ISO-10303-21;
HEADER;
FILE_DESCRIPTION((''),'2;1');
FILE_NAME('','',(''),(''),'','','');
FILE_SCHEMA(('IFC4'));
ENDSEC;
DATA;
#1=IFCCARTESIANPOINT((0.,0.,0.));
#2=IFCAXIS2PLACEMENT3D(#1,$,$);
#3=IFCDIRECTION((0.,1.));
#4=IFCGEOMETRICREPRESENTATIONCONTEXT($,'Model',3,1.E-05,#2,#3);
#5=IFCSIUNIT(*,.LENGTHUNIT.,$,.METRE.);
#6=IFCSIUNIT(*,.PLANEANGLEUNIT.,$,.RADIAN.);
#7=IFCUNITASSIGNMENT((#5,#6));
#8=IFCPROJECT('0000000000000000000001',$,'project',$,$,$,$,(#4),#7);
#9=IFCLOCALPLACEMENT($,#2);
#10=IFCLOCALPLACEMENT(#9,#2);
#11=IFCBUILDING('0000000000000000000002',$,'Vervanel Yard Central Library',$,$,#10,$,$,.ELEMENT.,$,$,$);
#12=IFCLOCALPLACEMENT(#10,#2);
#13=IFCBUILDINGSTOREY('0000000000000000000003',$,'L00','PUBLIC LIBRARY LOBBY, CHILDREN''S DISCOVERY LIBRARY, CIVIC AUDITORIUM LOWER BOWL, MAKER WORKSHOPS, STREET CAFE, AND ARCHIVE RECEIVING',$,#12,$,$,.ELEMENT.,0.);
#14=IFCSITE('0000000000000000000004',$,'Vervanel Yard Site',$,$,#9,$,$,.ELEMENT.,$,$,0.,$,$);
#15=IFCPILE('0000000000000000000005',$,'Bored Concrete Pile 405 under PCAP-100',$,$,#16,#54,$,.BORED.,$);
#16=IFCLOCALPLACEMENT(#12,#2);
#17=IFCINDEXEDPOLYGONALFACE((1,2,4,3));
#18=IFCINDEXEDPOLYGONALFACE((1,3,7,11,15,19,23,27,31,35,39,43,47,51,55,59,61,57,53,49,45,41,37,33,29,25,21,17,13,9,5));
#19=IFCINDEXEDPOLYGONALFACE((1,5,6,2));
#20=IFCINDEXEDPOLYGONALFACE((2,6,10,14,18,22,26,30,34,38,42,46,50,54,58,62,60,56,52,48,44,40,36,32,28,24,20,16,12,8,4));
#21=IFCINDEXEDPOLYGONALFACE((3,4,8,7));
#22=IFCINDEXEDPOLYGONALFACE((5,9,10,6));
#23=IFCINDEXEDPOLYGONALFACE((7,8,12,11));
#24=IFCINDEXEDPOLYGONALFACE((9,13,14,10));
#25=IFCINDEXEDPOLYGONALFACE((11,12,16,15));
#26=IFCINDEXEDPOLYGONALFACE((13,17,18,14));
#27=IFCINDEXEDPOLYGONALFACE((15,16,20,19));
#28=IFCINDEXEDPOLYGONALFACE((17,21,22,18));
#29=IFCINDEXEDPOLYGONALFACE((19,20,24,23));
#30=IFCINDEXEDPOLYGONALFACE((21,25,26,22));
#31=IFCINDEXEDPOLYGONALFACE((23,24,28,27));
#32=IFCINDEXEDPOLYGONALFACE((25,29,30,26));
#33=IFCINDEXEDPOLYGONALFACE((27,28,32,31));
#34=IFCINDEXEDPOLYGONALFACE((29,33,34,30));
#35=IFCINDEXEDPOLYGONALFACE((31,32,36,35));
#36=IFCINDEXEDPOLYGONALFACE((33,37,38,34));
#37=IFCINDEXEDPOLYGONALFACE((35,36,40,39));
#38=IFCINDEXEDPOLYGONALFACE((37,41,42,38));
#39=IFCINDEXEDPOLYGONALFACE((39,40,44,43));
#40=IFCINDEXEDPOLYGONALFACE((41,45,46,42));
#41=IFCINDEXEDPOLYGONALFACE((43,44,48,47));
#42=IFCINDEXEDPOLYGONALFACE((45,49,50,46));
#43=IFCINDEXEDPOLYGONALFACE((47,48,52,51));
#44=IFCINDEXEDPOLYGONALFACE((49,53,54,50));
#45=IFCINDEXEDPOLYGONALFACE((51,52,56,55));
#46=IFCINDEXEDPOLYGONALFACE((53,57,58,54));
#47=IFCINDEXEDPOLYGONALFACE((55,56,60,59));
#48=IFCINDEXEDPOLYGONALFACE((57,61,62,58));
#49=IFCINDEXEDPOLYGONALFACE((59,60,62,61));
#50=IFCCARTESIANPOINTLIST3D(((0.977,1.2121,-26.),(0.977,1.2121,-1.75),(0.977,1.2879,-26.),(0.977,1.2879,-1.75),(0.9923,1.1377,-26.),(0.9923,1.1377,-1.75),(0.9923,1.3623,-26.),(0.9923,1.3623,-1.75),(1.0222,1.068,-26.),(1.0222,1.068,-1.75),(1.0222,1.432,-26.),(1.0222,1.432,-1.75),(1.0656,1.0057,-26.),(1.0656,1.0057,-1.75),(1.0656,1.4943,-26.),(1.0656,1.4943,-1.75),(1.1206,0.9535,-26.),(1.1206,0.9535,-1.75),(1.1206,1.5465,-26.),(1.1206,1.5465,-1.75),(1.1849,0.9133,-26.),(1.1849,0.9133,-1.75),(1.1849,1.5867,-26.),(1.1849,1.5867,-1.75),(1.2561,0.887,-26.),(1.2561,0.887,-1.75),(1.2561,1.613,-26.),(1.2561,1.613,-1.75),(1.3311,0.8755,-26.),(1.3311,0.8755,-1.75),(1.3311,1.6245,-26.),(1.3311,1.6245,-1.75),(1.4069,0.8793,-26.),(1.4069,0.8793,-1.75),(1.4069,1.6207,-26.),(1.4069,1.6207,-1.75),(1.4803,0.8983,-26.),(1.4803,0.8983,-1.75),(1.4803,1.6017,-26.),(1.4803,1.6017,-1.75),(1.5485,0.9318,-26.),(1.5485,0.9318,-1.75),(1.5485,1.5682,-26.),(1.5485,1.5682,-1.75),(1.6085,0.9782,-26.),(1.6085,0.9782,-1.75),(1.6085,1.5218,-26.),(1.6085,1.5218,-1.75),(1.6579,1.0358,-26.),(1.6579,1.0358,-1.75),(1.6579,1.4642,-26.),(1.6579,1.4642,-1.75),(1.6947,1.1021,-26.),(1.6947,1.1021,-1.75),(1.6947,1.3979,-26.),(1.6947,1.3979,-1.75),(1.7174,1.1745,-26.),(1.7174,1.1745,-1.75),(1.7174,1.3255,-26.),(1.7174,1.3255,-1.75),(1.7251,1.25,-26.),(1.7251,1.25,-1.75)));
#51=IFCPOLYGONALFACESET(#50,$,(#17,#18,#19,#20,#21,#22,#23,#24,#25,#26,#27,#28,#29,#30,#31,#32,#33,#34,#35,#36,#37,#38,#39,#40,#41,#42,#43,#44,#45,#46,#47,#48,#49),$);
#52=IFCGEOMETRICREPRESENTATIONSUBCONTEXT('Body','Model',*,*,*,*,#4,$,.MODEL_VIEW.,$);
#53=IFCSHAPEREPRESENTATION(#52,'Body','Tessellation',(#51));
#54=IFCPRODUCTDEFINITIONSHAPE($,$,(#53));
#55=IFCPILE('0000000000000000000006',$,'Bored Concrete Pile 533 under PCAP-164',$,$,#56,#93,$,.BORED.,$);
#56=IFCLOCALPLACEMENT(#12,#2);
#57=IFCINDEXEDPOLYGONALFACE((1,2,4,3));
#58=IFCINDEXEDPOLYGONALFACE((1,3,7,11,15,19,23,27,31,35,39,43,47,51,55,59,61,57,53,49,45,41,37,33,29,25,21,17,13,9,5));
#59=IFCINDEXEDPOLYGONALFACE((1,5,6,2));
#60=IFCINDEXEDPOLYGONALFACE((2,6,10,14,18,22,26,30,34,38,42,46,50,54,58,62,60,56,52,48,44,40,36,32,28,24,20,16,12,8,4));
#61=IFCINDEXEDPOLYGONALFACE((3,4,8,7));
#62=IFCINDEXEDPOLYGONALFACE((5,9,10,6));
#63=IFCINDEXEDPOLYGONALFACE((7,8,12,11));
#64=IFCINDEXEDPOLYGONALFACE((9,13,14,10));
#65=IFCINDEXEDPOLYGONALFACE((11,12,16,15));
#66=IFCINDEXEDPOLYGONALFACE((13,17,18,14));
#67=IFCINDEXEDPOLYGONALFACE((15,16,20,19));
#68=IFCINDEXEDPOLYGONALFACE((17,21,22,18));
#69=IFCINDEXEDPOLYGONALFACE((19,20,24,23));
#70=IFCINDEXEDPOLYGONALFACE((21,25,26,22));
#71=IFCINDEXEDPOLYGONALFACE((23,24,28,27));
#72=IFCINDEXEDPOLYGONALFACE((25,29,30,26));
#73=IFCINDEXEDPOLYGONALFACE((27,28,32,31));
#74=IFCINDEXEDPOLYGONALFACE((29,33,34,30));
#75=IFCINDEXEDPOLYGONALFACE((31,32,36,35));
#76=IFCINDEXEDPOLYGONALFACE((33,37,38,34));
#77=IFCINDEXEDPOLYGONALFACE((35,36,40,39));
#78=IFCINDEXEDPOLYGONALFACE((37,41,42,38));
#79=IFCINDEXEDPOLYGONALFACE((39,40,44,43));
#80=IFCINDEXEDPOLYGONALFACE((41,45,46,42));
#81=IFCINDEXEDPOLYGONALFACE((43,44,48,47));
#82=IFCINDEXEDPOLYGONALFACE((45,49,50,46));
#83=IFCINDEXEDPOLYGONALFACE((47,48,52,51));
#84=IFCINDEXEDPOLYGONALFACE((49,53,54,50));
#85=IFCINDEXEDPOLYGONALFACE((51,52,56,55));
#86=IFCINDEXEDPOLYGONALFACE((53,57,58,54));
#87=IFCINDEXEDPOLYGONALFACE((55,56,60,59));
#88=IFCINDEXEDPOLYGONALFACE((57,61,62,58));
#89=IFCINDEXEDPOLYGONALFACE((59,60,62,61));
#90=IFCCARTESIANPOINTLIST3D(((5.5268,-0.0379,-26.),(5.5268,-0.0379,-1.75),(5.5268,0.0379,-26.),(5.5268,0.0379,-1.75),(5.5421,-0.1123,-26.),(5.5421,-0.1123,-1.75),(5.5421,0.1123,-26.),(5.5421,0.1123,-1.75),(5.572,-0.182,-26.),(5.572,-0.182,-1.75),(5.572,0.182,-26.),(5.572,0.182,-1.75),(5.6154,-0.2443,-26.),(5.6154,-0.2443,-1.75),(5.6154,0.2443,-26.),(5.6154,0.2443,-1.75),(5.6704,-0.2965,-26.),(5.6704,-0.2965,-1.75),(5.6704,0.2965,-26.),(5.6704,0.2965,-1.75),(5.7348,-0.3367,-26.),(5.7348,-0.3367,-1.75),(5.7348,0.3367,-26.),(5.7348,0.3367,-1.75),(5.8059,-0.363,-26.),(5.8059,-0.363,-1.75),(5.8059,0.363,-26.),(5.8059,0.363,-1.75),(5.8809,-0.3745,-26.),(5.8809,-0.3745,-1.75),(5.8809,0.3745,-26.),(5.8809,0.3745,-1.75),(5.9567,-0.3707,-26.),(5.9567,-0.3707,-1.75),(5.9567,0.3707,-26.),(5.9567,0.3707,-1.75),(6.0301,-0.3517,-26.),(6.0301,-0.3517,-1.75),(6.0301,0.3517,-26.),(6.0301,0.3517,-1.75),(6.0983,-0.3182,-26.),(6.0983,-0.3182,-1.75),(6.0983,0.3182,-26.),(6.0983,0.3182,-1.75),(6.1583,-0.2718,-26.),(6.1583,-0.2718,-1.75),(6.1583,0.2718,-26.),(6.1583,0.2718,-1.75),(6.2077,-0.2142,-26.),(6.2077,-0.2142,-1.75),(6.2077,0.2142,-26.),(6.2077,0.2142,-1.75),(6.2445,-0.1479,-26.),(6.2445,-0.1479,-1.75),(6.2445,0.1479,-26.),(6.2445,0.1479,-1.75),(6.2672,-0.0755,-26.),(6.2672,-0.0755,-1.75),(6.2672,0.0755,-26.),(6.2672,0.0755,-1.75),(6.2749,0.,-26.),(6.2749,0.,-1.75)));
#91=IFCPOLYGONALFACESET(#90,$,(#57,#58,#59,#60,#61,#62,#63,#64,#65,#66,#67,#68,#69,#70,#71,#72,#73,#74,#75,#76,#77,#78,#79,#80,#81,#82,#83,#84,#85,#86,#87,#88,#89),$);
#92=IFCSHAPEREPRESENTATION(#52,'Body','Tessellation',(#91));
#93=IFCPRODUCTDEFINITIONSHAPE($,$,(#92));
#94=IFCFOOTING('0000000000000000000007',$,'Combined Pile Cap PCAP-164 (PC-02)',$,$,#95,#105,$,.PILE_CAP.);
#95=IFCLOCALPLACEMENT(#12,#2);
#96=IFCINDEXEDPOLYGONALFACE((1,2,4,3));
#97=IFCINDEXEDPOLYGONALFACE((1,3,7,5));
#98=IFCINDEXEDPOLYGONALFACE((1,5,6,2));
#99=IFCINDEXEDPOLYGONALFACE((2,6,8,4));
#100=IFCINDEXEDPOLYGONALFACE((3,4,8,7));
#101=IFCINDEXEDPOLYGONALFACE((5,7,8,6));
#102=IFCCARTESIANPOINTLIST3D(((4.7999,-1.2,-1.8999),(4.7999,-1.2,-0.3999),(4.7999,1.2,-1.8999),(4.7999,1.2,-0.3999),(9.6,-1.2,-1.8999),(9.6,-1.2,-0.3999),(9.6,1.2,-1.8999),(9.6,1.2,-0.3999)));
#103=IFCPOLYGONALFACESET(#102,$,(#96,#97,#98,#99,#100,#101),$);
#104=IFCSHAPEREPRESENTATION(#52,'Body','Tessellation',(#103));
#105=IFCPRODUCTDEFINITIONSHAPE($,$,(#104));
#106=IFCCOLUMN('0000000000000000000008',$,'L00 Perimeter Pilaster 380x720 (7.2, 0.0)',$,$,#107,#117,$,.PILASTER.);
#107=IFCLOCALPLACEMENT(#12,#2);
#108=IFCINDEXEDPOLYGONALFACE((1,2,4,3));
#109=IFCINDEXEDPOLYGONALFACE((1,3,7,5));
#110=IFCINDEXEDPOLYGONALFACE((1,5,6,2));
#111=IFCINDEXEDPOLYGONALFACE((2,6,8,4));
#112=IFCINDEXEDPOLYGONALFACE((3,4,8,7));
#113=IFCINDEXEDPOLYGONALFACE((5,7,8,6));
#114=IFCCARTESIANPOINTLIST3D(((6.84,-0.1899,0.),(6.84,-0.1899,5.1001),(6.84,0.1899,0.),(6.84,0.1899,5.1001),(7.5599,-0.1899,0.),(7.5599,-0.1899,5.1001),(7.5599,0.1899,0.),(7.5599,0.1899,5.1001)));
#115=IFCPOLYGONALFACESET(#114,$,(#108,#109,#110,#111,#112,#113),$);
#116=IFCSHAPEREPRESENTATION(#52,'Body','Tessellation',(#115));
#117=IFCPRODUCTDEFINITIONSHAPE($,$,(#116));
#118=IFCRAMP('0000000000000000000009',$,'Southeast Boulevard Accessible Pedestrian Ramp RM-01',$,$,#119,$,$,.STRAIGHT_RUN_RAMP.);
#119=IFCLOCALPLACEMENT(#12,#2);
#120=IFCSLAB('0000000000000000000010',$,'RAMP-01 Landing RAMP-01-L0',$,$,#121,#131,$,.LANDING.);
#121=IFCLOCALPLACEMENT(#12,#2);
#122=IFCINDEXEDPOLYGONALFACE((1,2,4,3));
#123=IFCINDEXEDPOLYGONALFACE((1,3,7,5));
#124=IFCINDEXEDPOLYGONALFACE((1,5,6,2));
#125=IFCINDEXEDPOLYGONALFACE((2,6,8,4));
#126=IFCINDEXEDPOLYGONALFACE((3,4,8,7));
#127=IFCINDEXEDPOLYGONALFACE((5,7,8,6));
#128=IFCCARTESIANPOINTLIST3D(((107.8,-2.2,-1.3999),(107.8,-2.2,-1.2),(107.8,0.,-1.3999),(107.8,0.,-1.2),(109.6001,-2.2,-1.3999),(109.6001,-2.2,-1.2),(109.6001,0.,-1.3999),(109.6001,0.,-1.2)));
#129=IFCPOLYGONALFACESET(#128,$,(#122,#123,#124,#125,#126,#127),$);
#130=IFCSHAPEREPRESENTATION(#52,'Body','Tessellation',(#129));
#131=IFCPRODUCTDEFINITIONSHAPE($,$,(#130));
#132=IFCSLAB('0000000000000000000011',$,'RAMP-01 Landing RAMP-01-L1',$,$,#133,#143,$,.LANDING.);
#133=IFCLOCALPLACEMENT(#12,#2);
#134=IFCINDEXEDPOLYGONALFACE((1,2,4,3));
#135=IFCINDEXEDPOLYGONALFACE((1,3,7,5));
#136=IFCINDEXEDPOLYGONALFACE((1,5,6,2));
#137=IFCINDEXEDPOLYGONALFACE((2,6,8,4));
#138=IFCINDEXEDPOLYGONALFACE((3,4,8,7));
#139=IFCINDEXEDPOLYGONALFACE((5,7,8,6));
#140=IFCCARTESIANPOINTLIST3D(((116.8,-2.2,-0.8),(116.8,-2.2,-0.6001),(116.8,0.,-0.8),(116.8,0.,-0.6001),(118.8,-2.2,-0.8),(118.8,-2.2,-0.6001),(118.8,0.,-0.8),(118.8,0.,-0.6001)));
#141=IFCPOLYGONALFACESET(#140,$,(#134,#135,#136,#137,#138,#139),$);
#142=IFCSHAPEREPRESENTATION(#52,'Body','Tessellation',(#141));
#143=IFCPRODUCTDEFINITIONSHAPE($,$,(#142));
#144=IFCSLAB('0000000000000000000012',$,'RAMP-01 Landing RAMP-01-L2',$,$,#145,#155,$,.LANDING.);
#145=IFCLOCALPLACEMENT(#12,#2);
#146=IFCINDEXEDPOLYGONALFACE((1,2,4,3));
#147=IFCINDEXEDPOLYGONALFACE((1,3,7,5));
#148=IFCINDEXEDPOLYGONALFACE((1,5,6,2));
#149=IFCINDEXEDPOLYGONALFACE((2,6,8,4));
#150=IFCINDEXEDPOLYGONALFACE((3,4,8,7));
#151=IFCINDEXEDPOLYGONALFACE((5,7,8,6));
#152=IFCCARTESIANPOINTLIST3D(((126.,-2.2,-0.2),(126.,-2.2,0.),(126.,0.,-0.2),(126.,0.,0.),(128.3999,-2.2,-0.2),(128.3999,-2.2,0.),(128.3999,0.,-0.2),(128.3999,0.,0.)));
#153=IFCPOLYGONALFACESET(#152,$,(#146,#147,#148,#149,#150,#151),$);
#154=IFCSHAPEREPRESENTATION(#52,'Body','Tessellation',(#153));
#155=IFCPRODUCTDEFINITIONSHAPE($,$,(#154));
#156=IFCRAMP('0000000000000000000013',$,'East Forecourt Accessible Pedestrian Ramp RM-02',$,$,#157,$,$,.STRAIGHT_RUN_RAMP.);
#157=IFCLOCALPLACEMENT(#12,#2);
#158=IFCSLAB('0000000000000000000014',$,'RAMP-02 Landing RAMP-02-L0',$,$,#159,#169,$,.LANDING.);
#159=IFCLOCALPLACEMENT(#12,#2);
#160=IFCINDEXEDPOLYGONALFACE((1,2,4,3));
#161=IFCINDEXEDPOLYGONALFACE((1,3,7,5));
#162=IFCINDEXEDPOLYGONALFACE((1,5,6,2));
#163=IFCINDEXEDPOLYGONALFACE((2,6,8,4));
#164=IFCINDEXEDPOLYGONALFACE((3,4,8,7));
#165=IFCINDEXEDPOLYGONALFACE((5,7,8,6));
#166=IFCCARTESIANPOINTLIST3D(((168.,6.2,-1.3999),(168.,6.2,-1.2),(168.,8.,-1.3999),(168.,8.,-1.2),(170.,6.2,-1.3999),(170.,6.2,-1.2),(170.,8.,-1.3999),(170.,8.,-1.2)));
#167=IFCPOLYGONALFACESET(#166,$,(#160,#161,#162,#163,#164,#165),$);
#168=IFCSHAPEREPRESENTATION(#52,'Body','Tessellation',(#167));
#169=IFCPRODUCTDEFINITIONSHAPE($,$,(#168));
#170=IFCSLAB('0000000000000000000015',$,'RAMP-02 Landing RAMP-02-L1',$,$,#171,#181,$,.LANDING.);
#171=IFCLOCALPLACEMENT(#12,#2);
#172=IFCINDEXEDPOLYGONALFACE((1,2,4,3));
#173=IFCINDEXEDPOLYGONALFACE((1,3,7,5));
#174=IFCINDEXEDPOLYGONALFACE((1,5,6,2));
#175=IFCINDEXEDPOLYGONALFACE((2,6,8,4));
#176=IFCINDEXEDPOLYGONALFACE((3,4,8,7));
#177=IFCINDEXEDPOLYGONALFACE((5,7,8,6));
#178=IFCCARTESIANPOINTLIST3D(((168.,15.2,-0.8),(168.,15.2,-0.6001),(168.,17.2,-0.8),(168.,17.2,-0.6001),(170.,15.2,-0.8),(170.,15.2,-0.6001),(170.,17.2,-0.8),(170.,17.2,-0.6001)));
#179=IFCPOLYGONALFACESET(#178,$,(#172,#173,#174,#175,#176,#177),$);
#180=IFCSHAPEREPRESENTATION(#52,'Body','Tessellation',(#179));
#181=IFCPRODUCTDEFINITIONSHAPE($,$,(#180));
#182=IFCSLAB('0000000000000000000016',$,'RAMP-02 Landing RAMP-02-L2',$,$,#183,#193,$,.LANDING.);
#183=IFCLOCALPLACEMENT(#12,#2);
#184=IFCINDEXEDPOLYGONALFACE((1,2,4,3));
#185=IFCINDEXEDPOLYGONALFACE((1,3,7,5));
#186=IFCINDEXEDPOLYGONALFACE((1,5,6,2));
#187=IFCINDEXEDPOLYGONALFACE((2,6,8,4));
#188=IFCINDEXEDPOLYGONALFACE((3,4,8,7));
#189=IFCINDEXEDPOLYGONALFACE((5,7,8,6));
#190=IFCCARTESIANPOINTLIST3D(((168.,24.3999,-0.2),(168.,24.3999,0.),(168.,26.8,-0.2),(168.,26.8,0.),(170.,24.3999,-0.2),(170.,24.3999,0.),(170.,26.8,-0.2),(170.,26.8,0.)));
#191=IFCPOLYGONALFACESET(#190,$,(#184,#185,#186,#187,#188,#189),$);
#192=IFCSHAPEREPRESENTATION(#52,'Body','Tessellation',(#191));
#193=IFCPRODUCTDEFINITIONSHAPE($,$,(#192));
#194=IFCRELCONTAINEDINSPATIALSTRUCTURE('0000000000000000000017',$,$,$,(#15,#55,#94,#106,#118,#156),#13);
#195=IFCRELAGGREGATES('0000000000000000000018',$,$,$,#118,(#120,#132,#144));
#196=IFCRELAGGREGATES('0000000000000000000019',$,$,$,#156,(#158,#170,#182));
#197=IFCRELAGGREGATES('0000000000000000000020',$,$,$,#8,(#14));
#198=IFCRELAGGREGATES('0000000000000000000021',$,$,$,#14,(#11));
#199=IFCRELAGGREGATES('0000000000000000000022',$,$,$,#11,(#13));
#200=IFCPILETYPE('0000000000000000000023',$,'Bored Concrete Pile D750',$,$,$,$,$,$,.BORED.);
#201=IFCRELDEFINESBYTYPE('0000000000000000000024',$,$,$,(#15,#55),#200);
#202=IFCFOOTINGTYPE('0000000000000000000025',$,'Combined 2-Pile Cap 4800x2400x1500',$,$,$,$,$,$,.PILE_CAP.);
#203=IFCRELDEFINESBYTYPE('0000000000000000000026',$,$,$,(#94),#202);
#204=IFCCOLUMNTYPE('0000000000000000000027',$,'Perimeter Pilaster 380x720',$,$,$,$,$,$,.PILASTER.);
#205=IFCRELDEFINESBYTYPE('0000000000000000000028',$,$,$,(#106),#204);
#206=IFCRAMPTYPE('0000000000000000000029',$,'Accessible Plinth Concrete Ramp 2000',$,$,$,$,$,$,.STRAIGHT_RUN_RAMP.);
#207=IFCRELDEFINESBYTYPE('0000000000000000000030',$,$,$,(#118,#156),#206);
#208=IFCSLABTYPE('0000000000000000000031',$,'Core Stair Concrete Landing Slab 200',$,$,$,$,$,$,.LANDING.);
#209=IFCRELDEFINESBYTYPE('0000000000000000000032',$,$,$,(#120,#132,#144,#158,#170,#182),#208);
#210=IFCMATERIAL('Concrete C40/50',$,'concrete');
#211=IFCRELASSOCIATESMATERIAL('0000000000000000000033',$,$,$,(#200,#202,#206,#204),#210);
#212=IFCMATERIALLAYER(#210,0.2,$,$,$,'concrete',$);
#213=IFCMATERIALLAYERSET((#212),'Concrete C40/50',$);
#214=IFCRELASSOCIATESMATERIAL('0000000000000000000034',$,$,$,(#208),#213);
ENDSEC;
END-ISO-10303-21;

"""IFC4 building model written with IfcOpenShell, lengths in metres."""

from ifc_helpers import new_model, si_unit, direction, frame, origin, origin_2d, place, context, subcontext, project, spatial, polyline, rectangle, circle, outline, extrude, material, layer, layer_set, material_profile, profile_set, type_object, element, aggregate, save


model = new_model("IFC4")

# Units and contexts
model_context = context("Model", 3, precision=1e-05, world=origin(), true_north=direction((0.0, 1.0)))
body_context = subcontext(model_context, "Body", "Model", "MODEL_VIEW")
ifc_project = project(units=[si_unit("LENGTHUNIT", "METRE"), si_unit("PLANEANGLEUNIT", "RADIAN")], contexts=[model_context])

# Site, building, storey
site_placement = place(None, origin())
site = spatial("IfcSite", under=ifc_project, at=site_placement, Name="Vervanel Yard Site", CompositionType="ELEMENT", RefElevation=0.0)
building_placement = place(site_placement, origin())
building = spatial("IfcBuilding", under=site, at=building_placement, Name="Vervanel Yard Central Library", CompositionType="ELEMENT")
storey_placement = place(building_placement, origin())
storey = spatial("IfcBuildingStorey", under=building, at=storey_placement, Name="L00", Description="PUBLIC LIBRARY LOBBY, CHILDREN'S DISCOVERY LIBRARY, CIVIC AUDITORIUM LOWER BOWL, MAKER WORKSHOPS, STREET CAFE, AND ARCHIVE RECEIVING", CompositionType="ELEMENT", Elevation=0.0)

# Piles
ifc_material_1 = material(Name="Concrete C40/50", Category="concrete")
ifc_material_profile_1 = material_profile(ifc_material_1, circle(Radius=0.375, at=origin_2d()), Name="BP D750", Category="concrete")
ifc_profile_set_1 = profile_set([ifc_material_profile_1], Name="Concrete C40/50")
pile_type = type_object("IfcPileType", Name="Bored Concrete Pile D750", PredefinedType="BORED", material=ifc_profile_set_1)
for number, where, z_axis, x_axis, name in (
    (1, (1.3501, 1.25, -1.75), (0.0, 0.0, -1.0), (1.0, 0.0, 0.0), "Bored Concrete Pile 405 under PCAP-100"),
    (2, (5.8999, 0.0, -1.75), (0.0, 0.0, -1.0), (1.0, 0.0, 0.0), "Bored Concrete Pile 533 under PCAP-164"),
):
    element("IfcPile", number, at=place(storey_placement, frame(where, z_axis=z_axis, x_axis=x_axis)), inside=storey, type_object=pile_type, Name=name, PredefinedType="BORED", context=body_context, shape_type="SweptSolid", body=[
        extrude(circle(Radius=0.375, at=origin_2d()), origin(), (0.0, 0.0, 1.0), 24.25),
    ])

# Footing
footing_type = type_object("IfcFootingType", Name="Combined 2-Pile Cap 4800x2400x1500", PredefinedType="PILE_CAP", material=ifc_material_1)
footing_placement = place(storey_placement, frame((7.2, 0.0, -1.8999), z_axis=(0.0, 0.0, 1.0), x_axis=(1.0, 0.0, 0.0)))
element("IfcFooting", 3, at=footing_placement, inside=storey, type_object=footing_type, Name="Combined Pile Cap PCAP-164 (PC-02)", PredefinedType="PILE_CAP", context=body_context, shape_type="SweptSolid", body=[
    extrude(rectangle(XDim=4.8, YDim=2.3999, at=origin_2d()), origin(), (0.0, 0.0, 1.0), 1.5),
])

# Column
ifc_material_profile_2 = material_profile(ifc_material_1, rectangle(XDim=0.3799, YDim=0.72, at=origin_2d()), Name="RC 380x720", Category="concrete")
ifc_profile_set_2 = profile_set([ifc_material_profile_2], Name="Concrete C40/50")
column_type = type_object("IfcColumnType", Name="Perimeter Pilaster 380x720", PredefinedType="PILASTER", material=ifc_profile_set_2)
column_placement = place(storey_placement, frame((7.2, 0.0, 0.0), z_axis=(0.0, 0.0, 1.0), x_axis=(0.0, 1.0, 0.0)))
element("IfcColumn", 4, at=column_placement, inside=storey, type_object=column_type, Name="L00 Perimeter Pilaster 380x720 (7.2, 0.0)", PredefinedType="PILASTER", context=body_context, shape_type="SweptSolid", body=[
    extrude(rectangle(XDim=0.3799, YDim=0.72, at=origin_2d()), origin(), (0.0, 0.0, 1.0), 5.1001),
])

# Ramps, slabs
ramp_type = type_object("IfcRampType", Name="Accessible Plinth Concrete Ramp 2000", PredefinedType="STRAIGHT_RUN_RAMP", material=ifc_material_1)
ramp_1_placement = place(storey_placement, origin())
ramp_1 = element("IfcRamp", 5, at=ramp_1_placement, inside=storey, type_object=ramp_type, Name="Southeast Boulevard Accessible Pedestrian Ramp RM-01", PredefinedType="STRAIGHT_RUN_RAMP")
ifc_layer_1 = layer(ifc_material_1, 0.2, Category="concrete")
ifc_layer_set_1 = layer_set([ifc_layer_1], Name="Concrete C40/50")
slab_type_1 = type_object("IfcSlabType", Name="Core Stair Concrete Landing Slab 200", PredefinedType="LANDING", material=ifc_layer_set_1)
slab_1_placement = place(storey_placement, frame((0.0, 0.0, -1.3999)))
slab_1 = element("IfcSlab", 6, at=slab_1_placement, type_object=slab_type_1, Name="RAMP-01 Landing RAMP-01-L0", PredefinedType="LANDING", context=body_context, shape_type="SweptSolid", body=[
    extrude(outline(polyline([(107.8, -2.2), (109.6001, -2.2), (109.6001, 0.0), (107.8, 0.0), (107.8, -2.2)])), origin(), (0.0, 0.0, 1.0), 0.2),
])
slab_2_placement = place(storey_placement, frame((0.0, 0.0, -0.8)))
slab_2 = element("IfcSlab", 7, at=slab_2_placement, type_object=slab_type_1, Name="RAMP-01 Landing RAMP-01-L1", PredefinedType="LANDING", context=body_context, shape_type="SweptSolid", body=[
    extrude(outline(polyline([(116.8, -2.2), (118.8, -2.2), (118.8, 0.0), (116.8, 0.0), (116.8, -2.2)])), origin(), (0.0, 0.0, 1.0), 0.2),
])
slab_3_placement = place(storey_placement, frame((0.0, 0.0, -0.2)))
slab_3 = element("IfcSlab", 8, at=slab_3_placement, type_object=slab_type_1, Name="RAMP-01 Landing RAMP-01-L2", PredefinedType="LANDING", context=body_context, shape_type="SweptSolid", body=[
    extrude(outline(polyline([(126.0, -2.2), (128.3999, -2.2), (128.3999, 0.0), (126.0, 0.0), (126.0, -2.2)])), origin(), (0.0, 0.0, 1.0), 0.2),
])
aggregate(ramp_1, [slab_1, slab_2, slab_3])
ramp_2_placement = place(storey_placement, origin())
ramp_2 = element("IfcRamp", 9, at=ramp_2_placement, inside=storey, type_object=ramp_type, Name="East Forecourt Accessible Pedestrian Ramp RM-02", PredefinedType="STRAIGHT_RUN_RAMP")
slab_4_placement = place(storey_placement, frame((0.0, 0.0, -1.3999)))
slab_4 = element("IfcSlab", 10, at=slab_4_placement, type_object=slab_type_1, Name="RAMP-02 Landing RAMP-02-L0", PredefinedType="LANDING", context=body_context, shape_type="SweptSolid", body=[
    extrude(outline(polyline([(168.0, 6.2), (170.0, 6.2), (170.0, 8.0), (168.0, 8.0), (168.0, 6.2)])), origin(), (0.0, 0.0, 1.0), 0.2),
])
slab_5_placement = place(storey_placement, frame((0.0, 0.0, -0.8)))
slab_5 = element("IfcSlab", 11, at=slab_5_placement, type_object=slab_type_1, Name="RAMP-02 Landing RAMP-02-L1", PredefinedType="LANDING", context=body_context, shape_type="SweptSolid", body=[
    extrude(outline(polyline([(168.0, 15.2), (170.0, 15.2), (170.0, 17.2), (168.0, 17.2), (168.0, 15.2)])), origin(), (0.0, 0.0, 1.0), 0.2),
])
slab_6_placement = place(storey_placement, frame((0.0, 0.0, -0.2)))
slab_6 = element("IfcSlab", 12, at=slab_6_placement, type_object=slab_type_1, Name="RAMP-02 Landing RAMP-02-L2", PredefinedType="LANDING", context=body_context, shape_type="SweptSolid", body=[
    extrude(outline(polyline([(168.0, 24.3999), (170.0, 24.3999), (170.0, 26.8), (168.0, 26.8), (168.0, 24.3999)])), origin(), (0.0, 0.0, 1.0), 0.2),
])
aggregate(ramp_2, [slab_4, slab_5, slab_6])

save(model, "model.ifc")
